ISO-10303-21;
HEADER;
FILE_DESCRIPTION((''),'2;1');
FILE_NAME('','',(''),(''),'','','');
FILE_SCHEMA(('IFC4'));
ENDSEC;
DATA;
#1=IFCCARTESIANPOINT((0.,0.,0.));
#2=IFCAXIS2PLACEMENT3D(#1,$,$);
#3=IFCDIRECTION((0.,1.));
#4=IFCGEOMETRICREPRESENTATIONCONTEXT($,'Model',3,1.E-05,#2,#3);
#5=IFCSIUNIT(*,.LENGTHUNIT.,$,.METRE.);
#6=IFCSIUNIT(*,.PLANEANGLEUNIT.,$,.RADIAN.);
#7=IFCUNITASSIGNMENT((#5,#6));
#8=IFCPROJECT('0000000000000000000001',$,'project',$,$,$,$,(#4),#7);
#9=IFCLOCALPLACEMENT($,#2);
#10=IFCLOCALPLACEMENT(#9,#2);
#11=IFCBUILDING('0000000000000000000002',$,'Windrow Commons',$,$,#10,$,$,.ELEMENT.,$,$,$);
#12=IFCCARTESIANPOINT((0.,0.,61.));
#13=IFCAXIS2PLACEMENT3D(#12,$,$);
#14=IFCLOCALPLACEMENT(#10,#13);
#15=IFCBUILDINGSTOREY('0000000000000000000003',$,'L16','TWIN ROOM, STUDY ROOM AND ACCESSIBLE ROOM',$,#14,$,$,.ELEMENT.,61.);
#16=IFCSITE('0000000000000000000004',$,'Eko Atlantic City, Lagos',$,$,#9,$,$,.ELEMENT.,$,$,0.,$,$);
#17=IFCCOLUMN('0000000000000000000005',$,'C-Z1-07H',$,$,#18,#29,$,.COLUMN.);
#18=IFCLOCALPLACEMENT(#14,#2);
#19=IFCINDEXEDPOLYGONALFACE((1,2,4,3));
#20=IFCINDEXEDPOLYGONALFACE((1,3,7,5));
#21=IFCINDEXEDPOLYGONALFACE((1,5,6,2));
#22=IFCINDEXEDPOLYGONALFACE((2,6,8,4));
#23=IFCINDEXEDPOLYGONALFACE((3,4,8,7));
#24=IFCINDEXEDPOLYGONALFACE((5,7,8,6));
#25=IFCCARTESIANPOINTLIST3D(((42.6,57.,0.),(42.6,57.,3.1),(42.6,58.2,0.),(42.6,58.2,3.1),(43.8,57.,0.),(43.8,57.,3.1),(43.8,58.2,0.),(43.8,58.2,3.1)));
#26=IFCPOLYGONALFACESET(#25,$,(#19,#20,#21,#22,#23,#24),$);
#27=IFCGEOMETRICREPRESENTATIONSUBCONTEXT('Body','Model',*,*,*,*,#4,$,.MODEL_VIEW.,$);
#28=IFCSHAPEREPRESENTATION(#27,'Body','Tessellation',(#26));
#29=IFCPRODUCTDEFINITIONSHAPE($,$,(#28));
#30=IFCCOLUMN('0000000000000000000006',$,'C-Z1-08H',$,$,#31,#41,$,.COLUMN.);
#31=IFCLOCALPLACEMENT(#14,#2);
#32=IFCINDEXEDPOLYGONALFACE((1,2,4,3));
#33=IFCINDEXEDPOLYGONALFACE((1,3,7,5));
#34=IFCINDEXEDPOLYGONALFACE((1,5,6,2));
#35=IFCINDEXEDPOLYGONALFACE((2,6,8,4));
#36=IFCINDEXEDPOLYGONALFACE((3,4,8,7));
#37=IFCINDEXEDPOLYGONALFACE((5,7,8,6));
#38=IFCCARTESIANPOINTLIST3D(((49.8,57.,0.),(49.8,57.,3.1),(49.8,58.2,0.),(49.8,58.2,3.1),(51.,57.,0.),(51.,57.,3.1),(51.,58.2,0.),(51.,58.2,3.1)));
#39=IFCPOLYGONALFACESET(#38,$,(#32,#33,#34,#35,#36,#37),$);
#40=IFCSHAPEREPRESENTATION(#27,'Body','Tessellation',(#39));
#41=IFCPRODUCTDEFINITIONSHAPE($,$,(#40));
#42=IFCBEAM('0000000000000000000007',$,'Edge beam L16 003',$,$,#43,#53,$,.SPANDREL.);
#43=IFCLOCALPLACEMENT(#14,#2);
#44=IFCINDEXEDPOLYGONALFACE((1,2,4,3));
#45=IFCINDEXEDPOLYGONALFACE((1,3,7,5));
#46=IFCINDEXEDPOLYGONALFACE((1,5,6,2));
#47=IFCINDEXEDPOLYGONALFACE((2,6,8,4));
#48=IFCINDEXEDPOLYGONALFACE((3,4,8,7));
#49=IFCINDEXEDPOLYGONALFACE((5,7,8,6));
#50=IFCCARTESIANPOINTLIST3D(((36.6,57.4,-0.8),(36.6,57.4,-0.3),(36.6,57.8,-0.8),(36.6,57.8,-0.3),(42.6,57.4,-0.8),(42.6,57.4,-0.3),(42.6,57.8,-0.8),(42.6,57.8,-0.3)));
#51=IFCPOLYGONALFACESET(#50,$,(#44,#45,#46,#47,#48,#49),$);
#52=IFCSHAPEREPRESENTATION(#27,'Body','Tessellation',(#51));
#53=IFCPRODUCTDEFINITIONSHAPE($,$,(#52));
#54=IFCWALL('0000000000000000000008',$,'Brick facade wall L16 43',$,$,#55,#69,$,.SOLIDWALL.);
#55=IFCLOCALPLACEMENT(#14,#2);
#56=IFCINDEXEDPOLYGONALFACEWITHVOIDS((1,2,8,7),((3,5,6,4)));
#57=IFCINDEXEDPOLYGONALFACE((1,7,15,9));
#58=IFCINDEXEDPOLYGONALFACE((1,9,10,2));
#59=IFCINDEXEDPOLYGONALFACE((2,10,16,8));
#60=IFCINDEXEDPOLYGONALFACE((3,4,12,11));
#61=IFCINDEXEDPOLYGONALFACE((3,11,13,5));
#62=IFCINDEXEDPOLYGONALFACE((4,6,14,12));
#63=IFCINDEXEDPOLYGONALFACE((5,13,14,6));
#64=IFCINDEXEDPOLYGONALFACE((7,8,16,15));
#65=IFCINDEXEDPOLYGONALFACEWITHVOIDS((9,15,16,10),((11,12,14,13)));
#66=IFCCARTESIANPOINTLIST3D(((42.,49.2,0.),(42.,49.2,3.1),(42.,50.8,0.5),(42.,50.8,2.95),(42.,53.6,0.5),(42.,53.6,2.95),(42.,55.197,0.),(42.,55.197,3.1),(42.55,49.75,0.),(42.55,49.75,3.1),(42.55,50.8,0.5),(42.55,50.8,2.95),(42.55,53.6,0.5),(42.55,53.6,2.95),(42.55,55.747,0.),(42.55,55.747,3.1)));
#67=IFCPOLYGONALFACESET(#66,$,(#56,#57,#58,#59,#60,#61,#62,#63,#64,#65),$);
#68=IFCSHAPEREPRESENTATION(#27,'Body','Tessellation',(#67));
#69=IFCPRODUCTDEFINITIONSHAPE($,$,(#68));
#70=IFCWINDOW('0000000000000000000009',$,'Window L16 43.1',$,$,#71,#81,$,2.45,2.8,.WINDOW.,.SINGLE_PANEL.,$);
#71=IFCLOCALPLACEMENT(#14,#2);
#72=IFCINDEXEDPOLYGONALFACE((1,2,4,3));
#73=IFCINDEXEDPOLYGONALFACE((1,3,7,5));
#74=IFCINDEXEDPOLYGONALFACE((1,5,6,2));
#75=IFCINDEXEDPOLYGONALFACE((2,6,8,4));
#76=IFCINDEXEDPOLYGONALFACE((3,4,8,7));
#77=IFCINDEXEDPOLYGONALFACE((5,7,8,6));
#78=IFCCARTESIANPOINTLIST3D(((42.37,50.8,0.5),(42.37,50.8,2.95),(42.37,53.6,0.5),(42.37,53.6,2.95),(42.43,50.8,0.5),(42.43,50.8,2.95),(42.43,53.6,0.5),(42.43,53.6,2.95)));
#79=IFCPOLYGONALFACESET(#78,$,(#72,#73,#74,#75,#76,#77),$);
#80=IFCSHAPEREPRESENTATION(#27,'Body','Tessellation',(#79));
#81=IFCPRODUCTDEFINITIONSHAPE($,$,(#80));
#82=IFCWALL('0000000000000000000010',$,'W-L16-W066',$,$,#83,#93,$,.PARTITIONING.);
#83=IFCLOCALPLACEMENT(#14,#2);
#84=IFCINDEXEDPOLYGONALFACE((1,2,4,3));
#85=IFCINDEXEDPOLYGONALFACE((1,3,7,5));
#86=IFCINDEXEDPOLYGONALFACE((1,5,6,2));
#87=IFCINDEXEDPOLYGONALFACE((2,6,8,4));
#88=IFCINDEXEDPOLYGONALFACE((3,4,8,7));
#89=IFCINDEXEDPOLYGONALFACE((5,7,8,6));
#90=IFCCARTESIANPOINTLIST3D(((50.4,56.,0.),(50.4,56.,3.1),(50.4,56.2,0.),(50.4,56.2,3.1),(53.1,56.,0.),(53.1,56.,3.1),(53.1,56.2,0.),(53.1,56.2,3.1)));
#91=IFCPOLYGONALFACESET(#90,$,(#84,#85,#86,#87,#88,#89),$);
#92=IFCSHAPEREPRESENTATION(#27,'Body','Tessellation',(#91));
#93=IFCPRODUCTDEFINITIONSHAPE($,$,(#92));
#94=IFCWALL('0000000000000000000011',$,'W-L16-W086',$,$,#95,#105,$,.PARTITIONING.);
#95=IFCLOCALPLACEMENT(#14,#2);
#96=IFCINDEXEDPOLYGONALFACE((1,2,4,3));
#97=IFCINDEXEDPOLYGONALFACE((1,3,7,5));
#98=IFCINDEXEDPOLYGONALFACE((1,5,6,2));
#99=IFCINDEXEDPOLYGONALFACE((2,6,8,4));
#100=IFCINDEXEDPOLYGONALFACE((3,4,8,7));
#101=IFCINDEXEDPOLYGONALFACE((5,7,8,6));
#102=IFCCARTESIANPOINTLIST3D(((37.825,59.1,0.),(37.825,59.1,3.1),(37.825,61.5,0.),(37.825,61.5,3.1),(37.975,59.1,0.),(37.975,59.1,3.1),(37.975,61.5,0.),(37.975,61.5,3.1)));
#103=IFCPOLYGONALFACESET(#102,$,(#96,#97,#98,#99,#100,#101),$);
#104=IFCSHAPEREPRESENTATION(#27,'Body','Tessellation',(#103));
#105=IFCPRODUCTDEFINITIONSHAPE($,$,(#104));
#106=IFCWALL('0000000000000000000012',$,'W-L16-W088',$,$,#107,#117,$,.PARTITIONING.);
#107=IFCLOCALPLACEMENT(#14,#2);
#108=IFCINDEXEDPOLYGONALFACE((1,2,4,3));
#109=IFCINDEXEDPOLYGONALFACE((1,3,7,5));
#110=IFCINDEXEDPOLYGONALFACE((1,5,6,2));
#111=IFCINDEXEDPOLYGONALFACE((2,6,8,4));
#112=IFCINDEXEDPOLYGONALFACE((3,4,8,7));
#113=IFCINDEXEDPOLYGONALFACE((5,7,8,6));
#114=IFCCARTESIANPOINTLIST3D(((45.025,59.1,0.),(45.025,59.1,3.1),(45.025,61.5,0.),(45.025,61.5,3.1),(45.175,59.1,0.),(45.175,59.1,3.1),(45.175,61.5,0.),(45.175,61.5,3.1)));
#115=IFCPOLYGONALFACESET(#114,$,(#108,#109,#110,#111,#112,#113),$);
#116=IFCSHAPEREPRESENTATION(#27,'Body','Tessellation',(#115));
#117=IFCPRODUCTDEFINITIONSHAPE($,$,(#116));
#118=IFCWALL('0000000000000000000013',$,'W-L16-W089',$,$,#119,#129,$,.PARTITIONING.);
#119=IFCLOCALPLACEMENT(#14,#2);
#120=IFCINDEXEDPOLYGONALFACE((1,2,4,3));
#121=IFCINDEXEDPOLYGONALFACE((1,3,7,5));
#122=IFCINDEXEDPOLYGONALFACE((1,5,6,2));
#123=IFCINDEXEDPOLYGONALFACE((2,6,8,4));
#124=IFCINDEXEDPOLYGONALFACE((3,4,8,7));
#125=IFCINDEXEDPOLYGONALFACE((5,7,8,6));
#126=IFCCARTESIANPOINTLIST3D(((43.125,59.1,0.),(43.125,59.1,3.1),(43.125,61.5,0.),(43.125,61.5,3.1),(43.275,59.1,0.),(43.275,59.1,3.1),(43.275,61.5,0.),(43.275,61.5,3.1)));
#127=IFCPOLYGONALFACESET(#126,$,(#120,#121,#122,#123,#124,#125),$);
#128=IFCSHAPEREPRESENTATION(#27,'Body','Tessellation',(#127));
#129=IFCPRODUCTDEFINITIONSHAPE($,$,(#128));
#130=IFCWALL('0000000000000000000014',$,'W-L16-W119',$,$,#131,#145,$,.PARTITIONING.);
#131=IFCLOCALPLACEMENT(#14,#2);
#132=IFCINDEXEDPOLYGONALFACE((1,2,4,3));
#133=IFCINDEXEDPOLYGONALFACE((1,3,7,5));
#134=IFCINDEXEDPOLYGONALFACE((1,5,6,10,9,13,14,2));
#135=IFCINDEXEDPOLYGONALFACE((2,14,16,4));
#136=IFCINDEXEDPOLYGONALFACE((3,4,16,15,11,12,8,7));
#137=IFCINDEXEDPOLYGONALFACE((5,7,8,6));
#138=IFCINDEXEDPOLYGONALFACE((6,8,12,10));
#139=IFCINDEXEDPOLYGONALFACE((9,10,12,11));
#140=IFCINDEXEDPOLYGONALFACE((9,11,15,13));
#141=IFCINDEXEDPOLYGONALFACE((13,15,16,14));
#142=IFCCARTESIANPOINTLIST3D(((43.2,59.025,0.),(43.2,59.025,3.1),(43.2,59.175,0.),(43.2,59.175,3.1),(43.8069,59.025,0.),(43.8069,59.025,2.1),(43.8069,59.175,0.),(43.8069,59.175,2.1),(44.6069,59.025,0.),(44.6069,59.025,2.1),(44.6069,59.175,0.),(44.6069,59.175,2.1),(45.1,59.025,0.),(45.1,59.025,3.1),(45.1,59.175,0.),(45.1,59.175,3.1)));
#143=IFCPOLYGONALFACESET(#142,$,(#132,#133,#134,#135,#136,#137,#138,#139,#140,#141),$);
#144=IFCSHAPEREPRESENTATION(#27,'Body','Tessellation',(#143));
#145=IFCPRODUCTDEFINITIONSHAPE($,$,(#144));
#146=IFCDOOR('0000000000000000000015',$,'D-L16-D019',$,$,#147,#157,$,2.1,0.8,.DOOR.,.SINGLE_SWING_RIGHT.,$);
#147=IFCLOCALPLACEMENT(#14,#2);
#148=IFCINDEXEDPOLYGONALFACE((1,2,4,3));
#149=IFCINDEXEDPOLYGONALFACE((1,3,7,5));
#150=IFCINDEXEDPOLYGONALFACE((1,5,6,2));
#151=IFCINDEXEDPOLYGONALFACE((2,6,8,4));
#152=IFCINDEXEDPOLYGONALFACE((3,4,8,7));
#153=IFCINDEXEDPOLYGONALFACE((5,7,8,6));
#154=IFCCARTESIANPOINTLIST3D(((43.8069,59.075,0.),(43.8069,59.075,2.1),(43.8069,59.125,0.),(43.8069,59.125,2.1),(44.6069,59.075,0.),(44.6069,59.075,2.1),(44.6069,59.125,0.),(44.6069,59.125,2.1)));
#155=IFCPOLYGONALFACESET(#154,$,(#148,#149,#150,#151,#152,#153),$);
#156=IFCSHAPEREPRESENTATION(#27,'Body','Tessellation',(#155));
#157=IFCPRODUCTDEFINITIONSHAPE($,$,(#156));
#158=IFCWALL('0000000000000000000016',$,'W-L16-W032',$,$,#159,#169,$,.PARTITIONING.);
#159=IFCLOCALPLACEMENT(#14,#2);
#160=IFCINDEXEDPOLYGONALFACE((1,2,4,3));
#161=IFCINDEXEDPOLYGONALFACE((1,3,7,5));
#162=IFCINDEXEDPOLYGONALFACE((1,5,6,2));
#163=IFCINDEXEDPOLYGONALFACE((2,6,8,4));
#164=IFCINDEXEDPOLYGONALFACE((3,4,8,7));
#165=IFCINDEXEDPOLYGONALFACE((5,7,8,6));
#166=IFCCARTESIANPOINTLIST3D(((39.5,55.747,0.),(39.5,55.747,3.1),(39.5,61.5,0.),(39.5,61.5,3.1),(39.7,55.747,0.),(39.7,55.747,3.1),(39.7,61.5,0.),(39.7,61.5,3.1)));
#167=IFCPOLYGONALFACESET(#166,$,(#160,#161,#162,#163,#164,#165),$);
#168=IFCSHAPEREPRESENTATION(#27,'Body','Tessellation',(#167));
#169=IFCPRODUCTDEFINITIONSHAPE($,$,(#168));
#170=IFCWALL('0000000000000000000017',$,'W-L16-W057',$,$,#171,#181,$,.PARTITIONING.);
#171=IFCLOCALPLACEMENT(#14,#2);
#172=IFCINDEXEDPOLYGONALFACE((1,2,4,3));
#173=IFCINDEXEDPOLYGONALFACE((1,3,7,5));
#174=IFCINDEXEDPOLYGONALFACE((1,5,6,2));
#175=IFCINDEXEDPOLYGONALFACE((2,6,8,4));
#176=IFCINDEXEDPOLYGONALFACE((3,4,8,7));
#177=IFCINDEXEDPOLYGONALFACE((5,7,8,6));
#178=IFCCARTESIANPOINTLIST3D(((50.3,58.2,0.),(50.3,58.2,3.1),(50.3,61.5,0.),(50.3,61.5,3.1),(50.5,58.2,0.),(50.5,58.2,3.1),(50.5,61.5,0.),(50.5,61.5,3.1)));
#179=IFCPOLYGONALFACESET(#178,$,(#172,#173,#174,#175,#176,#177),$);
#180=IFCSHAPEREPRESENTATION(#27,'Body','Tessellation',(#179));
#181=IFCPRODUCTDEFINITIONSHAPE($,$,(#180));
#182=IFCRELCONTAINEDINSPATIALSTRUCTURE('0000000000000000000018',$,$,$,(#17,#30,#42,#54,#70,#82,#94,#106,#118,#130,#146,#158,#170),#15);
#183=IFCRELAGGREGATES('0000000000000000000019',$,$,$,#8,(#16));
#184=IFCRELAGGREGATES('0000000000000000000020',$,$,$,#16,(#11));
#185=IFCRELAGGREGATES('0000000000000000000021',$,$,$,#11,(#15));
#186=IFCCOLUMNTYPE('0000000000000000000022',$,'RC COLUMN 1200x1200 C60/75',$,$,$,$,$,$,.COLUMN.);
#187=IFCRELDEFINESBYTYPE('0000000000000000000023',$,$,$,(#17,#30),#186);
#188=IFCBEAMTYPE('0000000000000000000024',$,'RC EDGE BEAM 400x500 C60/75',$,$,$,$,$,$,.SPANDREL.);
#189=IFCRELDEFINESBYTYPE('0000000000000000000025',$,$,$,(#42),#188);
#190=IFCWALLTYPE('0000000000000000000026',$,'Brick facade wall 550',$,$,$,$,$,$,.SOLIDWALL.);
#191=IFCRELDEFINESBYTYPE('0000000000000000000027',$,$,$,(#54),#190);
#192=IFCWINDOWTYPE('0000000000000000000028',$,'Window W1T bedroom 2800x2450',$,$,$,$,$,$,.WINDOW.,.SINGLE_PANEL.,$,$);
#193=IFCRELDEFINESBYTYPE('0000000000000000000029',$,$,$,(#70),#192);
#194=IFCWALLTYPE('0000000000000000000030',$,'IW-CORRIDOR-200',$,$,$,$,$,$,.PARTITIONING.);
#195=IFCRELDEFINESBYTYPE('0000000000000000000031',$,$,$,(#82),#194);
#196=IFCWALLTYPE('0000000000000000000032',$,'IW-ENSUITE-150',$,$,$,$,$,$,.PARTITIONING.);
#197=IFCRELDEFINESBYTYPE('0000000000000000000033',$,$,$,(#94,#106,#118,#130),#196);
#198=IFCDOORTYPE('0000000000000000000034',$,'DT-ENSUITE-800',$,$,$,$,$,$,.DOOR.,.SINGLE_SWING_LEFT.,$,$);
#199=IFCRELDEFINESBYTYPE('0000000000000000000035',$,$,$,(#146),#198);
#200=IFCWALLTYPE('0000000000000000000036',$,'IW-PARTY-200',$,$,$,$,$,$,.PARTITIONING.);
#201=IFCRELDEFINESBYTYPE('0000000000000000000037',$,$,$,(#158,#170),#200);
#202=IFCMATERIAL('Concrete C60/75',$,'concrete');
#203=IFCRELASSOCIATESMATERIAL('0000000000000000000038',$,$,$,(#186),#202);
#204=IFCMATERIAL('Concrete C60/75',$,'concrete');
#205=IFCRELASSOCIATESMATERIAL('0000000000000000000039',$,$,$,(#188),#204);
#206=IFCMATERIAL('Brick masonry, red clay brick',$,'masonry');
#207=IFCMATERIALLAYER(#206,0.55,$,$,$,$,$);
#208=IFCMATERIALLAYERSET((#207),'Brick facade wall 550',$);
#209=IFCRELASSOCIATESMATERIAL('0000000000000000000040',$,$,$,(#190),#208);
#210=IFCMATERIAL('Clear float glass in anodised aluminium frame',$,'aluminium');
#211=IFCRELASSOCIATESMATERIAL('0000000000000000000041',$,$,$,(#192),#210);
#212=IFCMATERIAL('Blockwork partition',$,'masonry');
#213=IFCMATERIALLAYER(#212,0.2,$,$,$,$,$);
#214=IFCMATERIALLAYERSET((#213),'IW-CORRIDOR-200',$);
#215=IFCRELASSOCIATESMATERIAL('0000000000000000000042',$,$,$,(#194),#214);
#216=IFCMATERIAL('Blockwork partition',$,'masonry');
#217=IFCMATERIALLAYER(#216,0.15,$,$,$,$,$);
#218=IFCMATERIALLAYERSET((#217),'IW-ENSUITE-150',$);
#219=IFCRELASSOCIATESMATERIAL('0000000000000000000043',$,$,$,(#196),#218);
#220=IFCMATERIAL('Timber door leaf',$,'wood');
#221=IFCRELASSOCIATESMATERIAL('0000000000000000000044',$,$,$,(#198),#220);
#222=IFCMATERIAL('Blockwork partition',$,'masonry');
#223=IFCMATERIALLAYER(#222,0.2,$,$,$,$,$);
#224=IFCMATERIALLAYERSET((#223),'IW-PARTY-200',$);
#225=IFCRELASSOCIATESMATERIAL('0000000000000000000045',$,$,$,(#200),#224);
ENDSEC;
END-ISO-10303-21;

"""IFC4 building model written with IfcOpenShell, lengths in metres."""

from ifc_helpers import new_model, si_unit, direction, frame, frame_2d, origin, origin_2d, place, context, subcontext, project, spatial, polyline, rectangle, outline, extrude, material, layer, layer_set, material_profile, profile_set, type_object, element, fill, save


model = new_model("IFC4")

# Units and contexts
model_context = context("Model", 3, precision=1e-05, world=origin(), true_north=direction((0.0, 1.0)))
body_context = subcontext(model_context, "Body", "Model", "MODEL_VIEW")
ifc_project = project(units=[si_unit("LENGTHUNIT", "METRE"), si_unit("PLANEANGLEUNIT", "RADIAN")], contexts=[model_context])

# Site, building, storey
site_placement = place(None, origin())
site = spatial("IfcSite", under=ifc_project, at=site_placement, Name="Eko Atlantic City, Lagos", CompositionType="ELEMENT", RefElevation=0.0)
building_placement = place(site_placement, origin())
building = spatial("IfcBuilding", under=site, at=building_placement, Name="Windrow Commons", CompositionType="ELEMENT")
storey_placement = place(building_placement, frame((0.0, 0.0, 61.0)))
storey = spatial("IfcBuildingStorey", under=building, at=storey_placement, Name="L16", Description="TWIN ROOM, STUDY ROOM AND ACCESSIBLE ROOM", CompositionType="ELEMENT", Elevation=61.0)

# Columns
ifc_material_1 = material(Name="Concrete C60/75", Category="concrete")
ifc_material_profile_1 = material_profile(ifc_material_1, rectangle(XDim=1.2, YDim=1.2, at=origin_2d()))
ifc_profile_set_1 = profile_set([ifc_material_profile_1], Name="Concrete C60/75")
column_type = type_object("IfcColumnType", Name="RC COLUMN 1200x1200 C60/75", PredefinedType="COLUMN", material=ifc_profile_set_1)
for number, where, z_axis, x_axis, name in (
    (1, (43.2, 57.6, 0.0), (0.0, 0.0, 1.0), (1.0, 0.0, 0.0), "C-Z1-07H"),
    (2, (50.4, 57.6, 0.0), (0.0, 0.0, 1.0), (1.0, 0.0, 0.0), "C-Z1-08H"),
):
    element("IfcColumn", number, at=place(storey_placement, frame(where, z_axis=z_axis, x_axis=x_axis)), inside=storey, type_object=column_type, Name=name, PredefinedType="COLUMN", context=body_context, shape_type="SweptSolid", body=[
        extrude(rectangle(XDim=1.2, YDim=1.2, at=origin_2d()), origin(), (0.0, 0.0, 1.0), 3.1),
    ])

# Beam
ifc_material_2 = material(Name="Concrete C60/75", Category="concrete")
ifc_material_profile_2 = material_profile(ifc_material_2, rectangle(XDim=0.4, YDim=0.5, at=origin_2d()))
ifc_profile_set_2 = profile_set([ifc_material_profile_2], Name="Concrete C60/75")
beam_type = type_object("IfcBeamType", Name="RC EDGE BEAM 400x500 C60/75", PredefinedType="SPANDREL", material=ifc_profile_set_2)
beam_placement = place(storey_placement, frame((42.6, 57.6, -0.55), z_axis=(-1.0, 0.0, 0.0), x_axis=(0.0, -1.0, 0.0)))
element("IfcBeam", 3, at=beam_placement, inside=storey, type_object=beam_type, Name="Edge beam L16 003", PredefinedType="SPANDREL", context=body_context, shape_type="SweptSolid", body=[
    extrude(rectangle(XDim=0.4, YDim=0.5, at=origin_2d()), origin(), (0.0, 0.0, 1.0), 6.0),
])

# Wall, opening, window
ifc_material_3 = material(Name="Brick masonry, red clay brick", Category="masonry")
ifc_layer_1 = layer(ifc_material_3, 0.55)
ifc_layer_set_1 = layer_set([ifc_layer_1], Name="Brick facade wall 550")
wall_type_1 = type_object("IfcWallType", Name="Brick facade wall 550", PredefinedType="SOLIDWALL", material=ifc_layer_set_1)
wall_1_placement = place(storey_placement, frame((42.275, 55.472, 0.0), z_axis=(0.0, 0.0, 1.0), x_axis=(0.0, -1.0, 0.0)))
wall_1 = element("IfcWall", 4, at=wall_1_placement, inside=storey, type_object=wall_type_1, Name="Brick facade wall L16 43", PredefinedType="SOLIDWALL", context=body_context, shape_type="SweptSolid", body=[
    extrude(outline(polyline([(0.275, -0.275), (6.272, -0.275), (5.722, 0.275), (-0.275, 0.275), (0.275, -0.275)])), origin(), (0.0, 0.0, 1.0), 3.1),
])
opening_1_placement = place(wall_1_placement, frame((1.872, 0.0, 0.5)))
opening_1 = element("IfcOpeningElement", 5, at=opening_1_placement, cuts=wall_1, PredefinedType="OPENING", context=body_context, shape_type="SweptSolid", body=[
    extrude(rectangle(XDim=2.8, YDim=2.45, at=frame_2d((1.4, 1.225))), frame((0.0, 0.285, 0.0), z_axis=(0.0, -1.0, 0.0), x_axis=(1.0, 0.0, 0.0)), (0.0, 0.0, 1.0), 0.57),
])
ifc_material_4 = material(Name="Clear float glass in anodised aluminium frame", Category="aluminium")
window_type = type_object("IfcWindowType", Name="Window W1T bedroom 2800x2450", PartitioningType="SINGLE_PANEL", PredefinedType="WINDOW", material=ifc_material_4)
window_placement = place(opening_1_placement, origin())
window = element("IfcWindow", 6, at=window_placement, inside=storey, type_object=window_type, Name="Window L16 43.1", OverallHeight=2.45, OverallWidth=2.8, PartitioningType="SINGLE_PANEL", PredefinedType="WINDOW", context=body_context, shape_type="SweptSolid", body=[
    extrude(rectangle(XDim=2.8, YDim=2.45, at=frame_2d((1.4, 1.225))), frame((0.0, 0.155, 0.0), z_axis=(0.0, -1.0, 0.0), x_axis=(1.0, 0.0, 0.0)), (0.0, 0.0, 1.0), 0.06),
])
fill(opening_1, window)

# Walls
ifc_material_5 = material(Name="Blockwork partition", Category="masonry")
ifc_layer_2 = layer(ifc_material_5, 0.2)
ifc_layer_set_2 = layer_set([ifc_layer_2], Name="IW-CORRIDOR-200")
wall_type_2 = type_object("IfcWallType", Name="IW-CORRIDOR-200", PredefinedType="PARTITIONING", material=ifc_layer_set_2)
wall_2_placement = place(storey_placement, frame((50.4, 56.1, 0.0), z_axis=(0.0, 0.0, 1.0), x_axis=(1.0, 0.0, 0.0)))
element("IfcWall", 7, at=wall_2_placement, inside=storey, type_object=wall_type_2, Name="W-L16-W066", PredefinedType="PARTITIONING", context=body_context, shape_type="SweptSolid", body=[
    extrude(rectangle(XDim=2.7, YDim=0.2, at=frame_2d((1.35, 0.0))), origin(), (0.0, 0.0, 1.0), 3.1),
])
ifc_material_6 = material(Name="Blockwork partition", Category="masonry")
ifc_layer_3 = layer(ifc_material_6, 0.15)
ifc_layer_set_3 = layer_set([ifc_layer_3], Name="IW-ENSUITE-150")
wall_type_3 = type_object("IfcWallType", Name="IW-ENSUITE-150", PredefinedType="PARTITIONING", material=ifc_layer_set_3)
for number, where, z_axis, x_axis, name in (
    (8, (37.9, 59.1, 0.0), (0.0, 0.0, 1.0), (0.0, 1.0, 0.0), "W-L16-W086"),
    (9, (45.1, 59.1, 0.0), (0.0, 0.0, 1.0), (0.0, 1.0, 0.0), "W-L16-W088"),
    (10, (43.2, 59.1, 0.0), (0.0, 0.0, 1.0), (0.0, 1.0, 0.0), "W-L16-W089"),
):
    element("IfcWall", number, at=place(storey_placement, frame(where, z_axis=z_axis, x_axis=x_axis)), inside=storey, type_object=wall_type_3, Name=name, PredefinedType="PARTITIONING", context=body_context, shape_type="SweptSolid", body=[
        extrude(rectangle(XDim=2.4, YDim=0.15, at=frame_2d((1.2, 0.0))), origin(), (0.0, 0.0, 1.0), 3.1),
    ])

# Wall, opening, door
wall_3_placement = place(storey_placement, frame((43.2, 59.1, 0.0), z_axis=(0.0, 0.0, 1.0), x_axis=(1.0, 0.0, 0.0)))
wall_3 = element("IfcWall", 11, at=wall_3_placement, inside=storey, type_object=wall_type_3, Name="W-L16-W119", PredefinedType="PARTITIONING", context=body_context, shape_type="SweptSolid", body=[
    extrude(rectangle(XDim=1.9, YDim=0.15, at=frame_2d((0.95, 0.0))), origin(), (0.0, 0.0, 1.0), 3.1),
])
opening_2_placement = place(wall_3_placement, frame((0.6069, 0.0, 0.0)))
opening_2 = element("IfcOpeningElement", 12, at=opening_2_placement, cuts=wall_3, PredefinedType="OPENING", context=body_context, shape_type="SweptSolid", body=[
    extrude(rectangle(XDim=0.8, YDim=2.1, at=frame_2d((0.4, 1.05))), frame((0.0, 0.085, 0.0), z_axis=(0.0, -1.0, 0.0), x_axis=(1.0, 0.0, 0.0)), (0.0, 0.0, 1.0), 0.17),
])
ifc_material_7 = material(Name="Timber door leaf", Category="wood")
door_type = type_object("IfcDoorType", Name="DT-ENSUITE-800", OperationType="SINGLE_SWING_LEFT", PredefinedType="DOOR", material=ifc_material_7)
door_placement = place(opening_2_placement, origin())
door = element("IfcDoor", 13, at=door_placement, inside=storey, type_object=door_type, Name="D-L16-D019", OperationType="SINGLE_SWING_RIGHT", OverallHeight=2.1, OverallWidth=0.8, PredefinedType="DOOR", context=body_context, shape_type="SweptSolid", body=[
    extrude(rectangle(XDim=0.8, YDim=2.1, at=frame_2d((0.4, 1.05))), frame((0.0, 0.025, 0.0), z_axis=(0.0, -1.0, 0.0), x_axis=(1.0, 0.0, 0.0)), (0.0, 0.0, 1.0), 0.05),
])
fill(opening_2, door)

# Walls
ifc_material_8 = material(Name="Blockwork partition", Category="masonry")
ifc_layer_4 = layer(ifc_material_8, 0.2)
ifc_layer_set_4 = layer_set([ifc_layer_4], Name="IW-PARTY-200")
wall_type_4 = type_object("IfcWallType", Name="IW-PARTY-200", PredefinedType="PARTITIONING", material=ifc_layer_set_4)
wall_4_placement = place(storey_placement, frame((39.6, 55.747, 0.0), z_axis=(0.0, 0.0, 1.0), x_axis=(0.0, 1.0, 0.0)))
element("IfcWall", 14, at=wall_4_placement, inside=storey, type_object=wall_type_4, Name="W-L16-W032", PredefinedType="PARTITIONING", context=body_context, shape_type="SweptSolid", body=[
    extrude(rectangle(XDim=5.753, YDim=0.2, at=frame_2d((2.8765, 0.0))), origin(), (0.0, 0.0, 1.0), 3.1),
])
wall_5_placement = place(storey_placement, frame((50.4, 58.2, 0.0), z_axis=(0.0, 0.0, 1.0), x_axis=(0.0, 1.0, 0.0)))
element("IfcWall", 15, at=wall_5_placement, inside=storey, type_object=wall_type_4, Name="W-L16-W057", PredefinedType="PARTITIONING", context=body_context, shape_type="SweptSolid", body=[
    extrude(rectangle(XDim=3.3, YDim=0.2, at=frame_2d((1.65, 0.0))), origin(), (0.0, 0.0, 1.0), 3.1),
])

save(model, "model.ifc")
